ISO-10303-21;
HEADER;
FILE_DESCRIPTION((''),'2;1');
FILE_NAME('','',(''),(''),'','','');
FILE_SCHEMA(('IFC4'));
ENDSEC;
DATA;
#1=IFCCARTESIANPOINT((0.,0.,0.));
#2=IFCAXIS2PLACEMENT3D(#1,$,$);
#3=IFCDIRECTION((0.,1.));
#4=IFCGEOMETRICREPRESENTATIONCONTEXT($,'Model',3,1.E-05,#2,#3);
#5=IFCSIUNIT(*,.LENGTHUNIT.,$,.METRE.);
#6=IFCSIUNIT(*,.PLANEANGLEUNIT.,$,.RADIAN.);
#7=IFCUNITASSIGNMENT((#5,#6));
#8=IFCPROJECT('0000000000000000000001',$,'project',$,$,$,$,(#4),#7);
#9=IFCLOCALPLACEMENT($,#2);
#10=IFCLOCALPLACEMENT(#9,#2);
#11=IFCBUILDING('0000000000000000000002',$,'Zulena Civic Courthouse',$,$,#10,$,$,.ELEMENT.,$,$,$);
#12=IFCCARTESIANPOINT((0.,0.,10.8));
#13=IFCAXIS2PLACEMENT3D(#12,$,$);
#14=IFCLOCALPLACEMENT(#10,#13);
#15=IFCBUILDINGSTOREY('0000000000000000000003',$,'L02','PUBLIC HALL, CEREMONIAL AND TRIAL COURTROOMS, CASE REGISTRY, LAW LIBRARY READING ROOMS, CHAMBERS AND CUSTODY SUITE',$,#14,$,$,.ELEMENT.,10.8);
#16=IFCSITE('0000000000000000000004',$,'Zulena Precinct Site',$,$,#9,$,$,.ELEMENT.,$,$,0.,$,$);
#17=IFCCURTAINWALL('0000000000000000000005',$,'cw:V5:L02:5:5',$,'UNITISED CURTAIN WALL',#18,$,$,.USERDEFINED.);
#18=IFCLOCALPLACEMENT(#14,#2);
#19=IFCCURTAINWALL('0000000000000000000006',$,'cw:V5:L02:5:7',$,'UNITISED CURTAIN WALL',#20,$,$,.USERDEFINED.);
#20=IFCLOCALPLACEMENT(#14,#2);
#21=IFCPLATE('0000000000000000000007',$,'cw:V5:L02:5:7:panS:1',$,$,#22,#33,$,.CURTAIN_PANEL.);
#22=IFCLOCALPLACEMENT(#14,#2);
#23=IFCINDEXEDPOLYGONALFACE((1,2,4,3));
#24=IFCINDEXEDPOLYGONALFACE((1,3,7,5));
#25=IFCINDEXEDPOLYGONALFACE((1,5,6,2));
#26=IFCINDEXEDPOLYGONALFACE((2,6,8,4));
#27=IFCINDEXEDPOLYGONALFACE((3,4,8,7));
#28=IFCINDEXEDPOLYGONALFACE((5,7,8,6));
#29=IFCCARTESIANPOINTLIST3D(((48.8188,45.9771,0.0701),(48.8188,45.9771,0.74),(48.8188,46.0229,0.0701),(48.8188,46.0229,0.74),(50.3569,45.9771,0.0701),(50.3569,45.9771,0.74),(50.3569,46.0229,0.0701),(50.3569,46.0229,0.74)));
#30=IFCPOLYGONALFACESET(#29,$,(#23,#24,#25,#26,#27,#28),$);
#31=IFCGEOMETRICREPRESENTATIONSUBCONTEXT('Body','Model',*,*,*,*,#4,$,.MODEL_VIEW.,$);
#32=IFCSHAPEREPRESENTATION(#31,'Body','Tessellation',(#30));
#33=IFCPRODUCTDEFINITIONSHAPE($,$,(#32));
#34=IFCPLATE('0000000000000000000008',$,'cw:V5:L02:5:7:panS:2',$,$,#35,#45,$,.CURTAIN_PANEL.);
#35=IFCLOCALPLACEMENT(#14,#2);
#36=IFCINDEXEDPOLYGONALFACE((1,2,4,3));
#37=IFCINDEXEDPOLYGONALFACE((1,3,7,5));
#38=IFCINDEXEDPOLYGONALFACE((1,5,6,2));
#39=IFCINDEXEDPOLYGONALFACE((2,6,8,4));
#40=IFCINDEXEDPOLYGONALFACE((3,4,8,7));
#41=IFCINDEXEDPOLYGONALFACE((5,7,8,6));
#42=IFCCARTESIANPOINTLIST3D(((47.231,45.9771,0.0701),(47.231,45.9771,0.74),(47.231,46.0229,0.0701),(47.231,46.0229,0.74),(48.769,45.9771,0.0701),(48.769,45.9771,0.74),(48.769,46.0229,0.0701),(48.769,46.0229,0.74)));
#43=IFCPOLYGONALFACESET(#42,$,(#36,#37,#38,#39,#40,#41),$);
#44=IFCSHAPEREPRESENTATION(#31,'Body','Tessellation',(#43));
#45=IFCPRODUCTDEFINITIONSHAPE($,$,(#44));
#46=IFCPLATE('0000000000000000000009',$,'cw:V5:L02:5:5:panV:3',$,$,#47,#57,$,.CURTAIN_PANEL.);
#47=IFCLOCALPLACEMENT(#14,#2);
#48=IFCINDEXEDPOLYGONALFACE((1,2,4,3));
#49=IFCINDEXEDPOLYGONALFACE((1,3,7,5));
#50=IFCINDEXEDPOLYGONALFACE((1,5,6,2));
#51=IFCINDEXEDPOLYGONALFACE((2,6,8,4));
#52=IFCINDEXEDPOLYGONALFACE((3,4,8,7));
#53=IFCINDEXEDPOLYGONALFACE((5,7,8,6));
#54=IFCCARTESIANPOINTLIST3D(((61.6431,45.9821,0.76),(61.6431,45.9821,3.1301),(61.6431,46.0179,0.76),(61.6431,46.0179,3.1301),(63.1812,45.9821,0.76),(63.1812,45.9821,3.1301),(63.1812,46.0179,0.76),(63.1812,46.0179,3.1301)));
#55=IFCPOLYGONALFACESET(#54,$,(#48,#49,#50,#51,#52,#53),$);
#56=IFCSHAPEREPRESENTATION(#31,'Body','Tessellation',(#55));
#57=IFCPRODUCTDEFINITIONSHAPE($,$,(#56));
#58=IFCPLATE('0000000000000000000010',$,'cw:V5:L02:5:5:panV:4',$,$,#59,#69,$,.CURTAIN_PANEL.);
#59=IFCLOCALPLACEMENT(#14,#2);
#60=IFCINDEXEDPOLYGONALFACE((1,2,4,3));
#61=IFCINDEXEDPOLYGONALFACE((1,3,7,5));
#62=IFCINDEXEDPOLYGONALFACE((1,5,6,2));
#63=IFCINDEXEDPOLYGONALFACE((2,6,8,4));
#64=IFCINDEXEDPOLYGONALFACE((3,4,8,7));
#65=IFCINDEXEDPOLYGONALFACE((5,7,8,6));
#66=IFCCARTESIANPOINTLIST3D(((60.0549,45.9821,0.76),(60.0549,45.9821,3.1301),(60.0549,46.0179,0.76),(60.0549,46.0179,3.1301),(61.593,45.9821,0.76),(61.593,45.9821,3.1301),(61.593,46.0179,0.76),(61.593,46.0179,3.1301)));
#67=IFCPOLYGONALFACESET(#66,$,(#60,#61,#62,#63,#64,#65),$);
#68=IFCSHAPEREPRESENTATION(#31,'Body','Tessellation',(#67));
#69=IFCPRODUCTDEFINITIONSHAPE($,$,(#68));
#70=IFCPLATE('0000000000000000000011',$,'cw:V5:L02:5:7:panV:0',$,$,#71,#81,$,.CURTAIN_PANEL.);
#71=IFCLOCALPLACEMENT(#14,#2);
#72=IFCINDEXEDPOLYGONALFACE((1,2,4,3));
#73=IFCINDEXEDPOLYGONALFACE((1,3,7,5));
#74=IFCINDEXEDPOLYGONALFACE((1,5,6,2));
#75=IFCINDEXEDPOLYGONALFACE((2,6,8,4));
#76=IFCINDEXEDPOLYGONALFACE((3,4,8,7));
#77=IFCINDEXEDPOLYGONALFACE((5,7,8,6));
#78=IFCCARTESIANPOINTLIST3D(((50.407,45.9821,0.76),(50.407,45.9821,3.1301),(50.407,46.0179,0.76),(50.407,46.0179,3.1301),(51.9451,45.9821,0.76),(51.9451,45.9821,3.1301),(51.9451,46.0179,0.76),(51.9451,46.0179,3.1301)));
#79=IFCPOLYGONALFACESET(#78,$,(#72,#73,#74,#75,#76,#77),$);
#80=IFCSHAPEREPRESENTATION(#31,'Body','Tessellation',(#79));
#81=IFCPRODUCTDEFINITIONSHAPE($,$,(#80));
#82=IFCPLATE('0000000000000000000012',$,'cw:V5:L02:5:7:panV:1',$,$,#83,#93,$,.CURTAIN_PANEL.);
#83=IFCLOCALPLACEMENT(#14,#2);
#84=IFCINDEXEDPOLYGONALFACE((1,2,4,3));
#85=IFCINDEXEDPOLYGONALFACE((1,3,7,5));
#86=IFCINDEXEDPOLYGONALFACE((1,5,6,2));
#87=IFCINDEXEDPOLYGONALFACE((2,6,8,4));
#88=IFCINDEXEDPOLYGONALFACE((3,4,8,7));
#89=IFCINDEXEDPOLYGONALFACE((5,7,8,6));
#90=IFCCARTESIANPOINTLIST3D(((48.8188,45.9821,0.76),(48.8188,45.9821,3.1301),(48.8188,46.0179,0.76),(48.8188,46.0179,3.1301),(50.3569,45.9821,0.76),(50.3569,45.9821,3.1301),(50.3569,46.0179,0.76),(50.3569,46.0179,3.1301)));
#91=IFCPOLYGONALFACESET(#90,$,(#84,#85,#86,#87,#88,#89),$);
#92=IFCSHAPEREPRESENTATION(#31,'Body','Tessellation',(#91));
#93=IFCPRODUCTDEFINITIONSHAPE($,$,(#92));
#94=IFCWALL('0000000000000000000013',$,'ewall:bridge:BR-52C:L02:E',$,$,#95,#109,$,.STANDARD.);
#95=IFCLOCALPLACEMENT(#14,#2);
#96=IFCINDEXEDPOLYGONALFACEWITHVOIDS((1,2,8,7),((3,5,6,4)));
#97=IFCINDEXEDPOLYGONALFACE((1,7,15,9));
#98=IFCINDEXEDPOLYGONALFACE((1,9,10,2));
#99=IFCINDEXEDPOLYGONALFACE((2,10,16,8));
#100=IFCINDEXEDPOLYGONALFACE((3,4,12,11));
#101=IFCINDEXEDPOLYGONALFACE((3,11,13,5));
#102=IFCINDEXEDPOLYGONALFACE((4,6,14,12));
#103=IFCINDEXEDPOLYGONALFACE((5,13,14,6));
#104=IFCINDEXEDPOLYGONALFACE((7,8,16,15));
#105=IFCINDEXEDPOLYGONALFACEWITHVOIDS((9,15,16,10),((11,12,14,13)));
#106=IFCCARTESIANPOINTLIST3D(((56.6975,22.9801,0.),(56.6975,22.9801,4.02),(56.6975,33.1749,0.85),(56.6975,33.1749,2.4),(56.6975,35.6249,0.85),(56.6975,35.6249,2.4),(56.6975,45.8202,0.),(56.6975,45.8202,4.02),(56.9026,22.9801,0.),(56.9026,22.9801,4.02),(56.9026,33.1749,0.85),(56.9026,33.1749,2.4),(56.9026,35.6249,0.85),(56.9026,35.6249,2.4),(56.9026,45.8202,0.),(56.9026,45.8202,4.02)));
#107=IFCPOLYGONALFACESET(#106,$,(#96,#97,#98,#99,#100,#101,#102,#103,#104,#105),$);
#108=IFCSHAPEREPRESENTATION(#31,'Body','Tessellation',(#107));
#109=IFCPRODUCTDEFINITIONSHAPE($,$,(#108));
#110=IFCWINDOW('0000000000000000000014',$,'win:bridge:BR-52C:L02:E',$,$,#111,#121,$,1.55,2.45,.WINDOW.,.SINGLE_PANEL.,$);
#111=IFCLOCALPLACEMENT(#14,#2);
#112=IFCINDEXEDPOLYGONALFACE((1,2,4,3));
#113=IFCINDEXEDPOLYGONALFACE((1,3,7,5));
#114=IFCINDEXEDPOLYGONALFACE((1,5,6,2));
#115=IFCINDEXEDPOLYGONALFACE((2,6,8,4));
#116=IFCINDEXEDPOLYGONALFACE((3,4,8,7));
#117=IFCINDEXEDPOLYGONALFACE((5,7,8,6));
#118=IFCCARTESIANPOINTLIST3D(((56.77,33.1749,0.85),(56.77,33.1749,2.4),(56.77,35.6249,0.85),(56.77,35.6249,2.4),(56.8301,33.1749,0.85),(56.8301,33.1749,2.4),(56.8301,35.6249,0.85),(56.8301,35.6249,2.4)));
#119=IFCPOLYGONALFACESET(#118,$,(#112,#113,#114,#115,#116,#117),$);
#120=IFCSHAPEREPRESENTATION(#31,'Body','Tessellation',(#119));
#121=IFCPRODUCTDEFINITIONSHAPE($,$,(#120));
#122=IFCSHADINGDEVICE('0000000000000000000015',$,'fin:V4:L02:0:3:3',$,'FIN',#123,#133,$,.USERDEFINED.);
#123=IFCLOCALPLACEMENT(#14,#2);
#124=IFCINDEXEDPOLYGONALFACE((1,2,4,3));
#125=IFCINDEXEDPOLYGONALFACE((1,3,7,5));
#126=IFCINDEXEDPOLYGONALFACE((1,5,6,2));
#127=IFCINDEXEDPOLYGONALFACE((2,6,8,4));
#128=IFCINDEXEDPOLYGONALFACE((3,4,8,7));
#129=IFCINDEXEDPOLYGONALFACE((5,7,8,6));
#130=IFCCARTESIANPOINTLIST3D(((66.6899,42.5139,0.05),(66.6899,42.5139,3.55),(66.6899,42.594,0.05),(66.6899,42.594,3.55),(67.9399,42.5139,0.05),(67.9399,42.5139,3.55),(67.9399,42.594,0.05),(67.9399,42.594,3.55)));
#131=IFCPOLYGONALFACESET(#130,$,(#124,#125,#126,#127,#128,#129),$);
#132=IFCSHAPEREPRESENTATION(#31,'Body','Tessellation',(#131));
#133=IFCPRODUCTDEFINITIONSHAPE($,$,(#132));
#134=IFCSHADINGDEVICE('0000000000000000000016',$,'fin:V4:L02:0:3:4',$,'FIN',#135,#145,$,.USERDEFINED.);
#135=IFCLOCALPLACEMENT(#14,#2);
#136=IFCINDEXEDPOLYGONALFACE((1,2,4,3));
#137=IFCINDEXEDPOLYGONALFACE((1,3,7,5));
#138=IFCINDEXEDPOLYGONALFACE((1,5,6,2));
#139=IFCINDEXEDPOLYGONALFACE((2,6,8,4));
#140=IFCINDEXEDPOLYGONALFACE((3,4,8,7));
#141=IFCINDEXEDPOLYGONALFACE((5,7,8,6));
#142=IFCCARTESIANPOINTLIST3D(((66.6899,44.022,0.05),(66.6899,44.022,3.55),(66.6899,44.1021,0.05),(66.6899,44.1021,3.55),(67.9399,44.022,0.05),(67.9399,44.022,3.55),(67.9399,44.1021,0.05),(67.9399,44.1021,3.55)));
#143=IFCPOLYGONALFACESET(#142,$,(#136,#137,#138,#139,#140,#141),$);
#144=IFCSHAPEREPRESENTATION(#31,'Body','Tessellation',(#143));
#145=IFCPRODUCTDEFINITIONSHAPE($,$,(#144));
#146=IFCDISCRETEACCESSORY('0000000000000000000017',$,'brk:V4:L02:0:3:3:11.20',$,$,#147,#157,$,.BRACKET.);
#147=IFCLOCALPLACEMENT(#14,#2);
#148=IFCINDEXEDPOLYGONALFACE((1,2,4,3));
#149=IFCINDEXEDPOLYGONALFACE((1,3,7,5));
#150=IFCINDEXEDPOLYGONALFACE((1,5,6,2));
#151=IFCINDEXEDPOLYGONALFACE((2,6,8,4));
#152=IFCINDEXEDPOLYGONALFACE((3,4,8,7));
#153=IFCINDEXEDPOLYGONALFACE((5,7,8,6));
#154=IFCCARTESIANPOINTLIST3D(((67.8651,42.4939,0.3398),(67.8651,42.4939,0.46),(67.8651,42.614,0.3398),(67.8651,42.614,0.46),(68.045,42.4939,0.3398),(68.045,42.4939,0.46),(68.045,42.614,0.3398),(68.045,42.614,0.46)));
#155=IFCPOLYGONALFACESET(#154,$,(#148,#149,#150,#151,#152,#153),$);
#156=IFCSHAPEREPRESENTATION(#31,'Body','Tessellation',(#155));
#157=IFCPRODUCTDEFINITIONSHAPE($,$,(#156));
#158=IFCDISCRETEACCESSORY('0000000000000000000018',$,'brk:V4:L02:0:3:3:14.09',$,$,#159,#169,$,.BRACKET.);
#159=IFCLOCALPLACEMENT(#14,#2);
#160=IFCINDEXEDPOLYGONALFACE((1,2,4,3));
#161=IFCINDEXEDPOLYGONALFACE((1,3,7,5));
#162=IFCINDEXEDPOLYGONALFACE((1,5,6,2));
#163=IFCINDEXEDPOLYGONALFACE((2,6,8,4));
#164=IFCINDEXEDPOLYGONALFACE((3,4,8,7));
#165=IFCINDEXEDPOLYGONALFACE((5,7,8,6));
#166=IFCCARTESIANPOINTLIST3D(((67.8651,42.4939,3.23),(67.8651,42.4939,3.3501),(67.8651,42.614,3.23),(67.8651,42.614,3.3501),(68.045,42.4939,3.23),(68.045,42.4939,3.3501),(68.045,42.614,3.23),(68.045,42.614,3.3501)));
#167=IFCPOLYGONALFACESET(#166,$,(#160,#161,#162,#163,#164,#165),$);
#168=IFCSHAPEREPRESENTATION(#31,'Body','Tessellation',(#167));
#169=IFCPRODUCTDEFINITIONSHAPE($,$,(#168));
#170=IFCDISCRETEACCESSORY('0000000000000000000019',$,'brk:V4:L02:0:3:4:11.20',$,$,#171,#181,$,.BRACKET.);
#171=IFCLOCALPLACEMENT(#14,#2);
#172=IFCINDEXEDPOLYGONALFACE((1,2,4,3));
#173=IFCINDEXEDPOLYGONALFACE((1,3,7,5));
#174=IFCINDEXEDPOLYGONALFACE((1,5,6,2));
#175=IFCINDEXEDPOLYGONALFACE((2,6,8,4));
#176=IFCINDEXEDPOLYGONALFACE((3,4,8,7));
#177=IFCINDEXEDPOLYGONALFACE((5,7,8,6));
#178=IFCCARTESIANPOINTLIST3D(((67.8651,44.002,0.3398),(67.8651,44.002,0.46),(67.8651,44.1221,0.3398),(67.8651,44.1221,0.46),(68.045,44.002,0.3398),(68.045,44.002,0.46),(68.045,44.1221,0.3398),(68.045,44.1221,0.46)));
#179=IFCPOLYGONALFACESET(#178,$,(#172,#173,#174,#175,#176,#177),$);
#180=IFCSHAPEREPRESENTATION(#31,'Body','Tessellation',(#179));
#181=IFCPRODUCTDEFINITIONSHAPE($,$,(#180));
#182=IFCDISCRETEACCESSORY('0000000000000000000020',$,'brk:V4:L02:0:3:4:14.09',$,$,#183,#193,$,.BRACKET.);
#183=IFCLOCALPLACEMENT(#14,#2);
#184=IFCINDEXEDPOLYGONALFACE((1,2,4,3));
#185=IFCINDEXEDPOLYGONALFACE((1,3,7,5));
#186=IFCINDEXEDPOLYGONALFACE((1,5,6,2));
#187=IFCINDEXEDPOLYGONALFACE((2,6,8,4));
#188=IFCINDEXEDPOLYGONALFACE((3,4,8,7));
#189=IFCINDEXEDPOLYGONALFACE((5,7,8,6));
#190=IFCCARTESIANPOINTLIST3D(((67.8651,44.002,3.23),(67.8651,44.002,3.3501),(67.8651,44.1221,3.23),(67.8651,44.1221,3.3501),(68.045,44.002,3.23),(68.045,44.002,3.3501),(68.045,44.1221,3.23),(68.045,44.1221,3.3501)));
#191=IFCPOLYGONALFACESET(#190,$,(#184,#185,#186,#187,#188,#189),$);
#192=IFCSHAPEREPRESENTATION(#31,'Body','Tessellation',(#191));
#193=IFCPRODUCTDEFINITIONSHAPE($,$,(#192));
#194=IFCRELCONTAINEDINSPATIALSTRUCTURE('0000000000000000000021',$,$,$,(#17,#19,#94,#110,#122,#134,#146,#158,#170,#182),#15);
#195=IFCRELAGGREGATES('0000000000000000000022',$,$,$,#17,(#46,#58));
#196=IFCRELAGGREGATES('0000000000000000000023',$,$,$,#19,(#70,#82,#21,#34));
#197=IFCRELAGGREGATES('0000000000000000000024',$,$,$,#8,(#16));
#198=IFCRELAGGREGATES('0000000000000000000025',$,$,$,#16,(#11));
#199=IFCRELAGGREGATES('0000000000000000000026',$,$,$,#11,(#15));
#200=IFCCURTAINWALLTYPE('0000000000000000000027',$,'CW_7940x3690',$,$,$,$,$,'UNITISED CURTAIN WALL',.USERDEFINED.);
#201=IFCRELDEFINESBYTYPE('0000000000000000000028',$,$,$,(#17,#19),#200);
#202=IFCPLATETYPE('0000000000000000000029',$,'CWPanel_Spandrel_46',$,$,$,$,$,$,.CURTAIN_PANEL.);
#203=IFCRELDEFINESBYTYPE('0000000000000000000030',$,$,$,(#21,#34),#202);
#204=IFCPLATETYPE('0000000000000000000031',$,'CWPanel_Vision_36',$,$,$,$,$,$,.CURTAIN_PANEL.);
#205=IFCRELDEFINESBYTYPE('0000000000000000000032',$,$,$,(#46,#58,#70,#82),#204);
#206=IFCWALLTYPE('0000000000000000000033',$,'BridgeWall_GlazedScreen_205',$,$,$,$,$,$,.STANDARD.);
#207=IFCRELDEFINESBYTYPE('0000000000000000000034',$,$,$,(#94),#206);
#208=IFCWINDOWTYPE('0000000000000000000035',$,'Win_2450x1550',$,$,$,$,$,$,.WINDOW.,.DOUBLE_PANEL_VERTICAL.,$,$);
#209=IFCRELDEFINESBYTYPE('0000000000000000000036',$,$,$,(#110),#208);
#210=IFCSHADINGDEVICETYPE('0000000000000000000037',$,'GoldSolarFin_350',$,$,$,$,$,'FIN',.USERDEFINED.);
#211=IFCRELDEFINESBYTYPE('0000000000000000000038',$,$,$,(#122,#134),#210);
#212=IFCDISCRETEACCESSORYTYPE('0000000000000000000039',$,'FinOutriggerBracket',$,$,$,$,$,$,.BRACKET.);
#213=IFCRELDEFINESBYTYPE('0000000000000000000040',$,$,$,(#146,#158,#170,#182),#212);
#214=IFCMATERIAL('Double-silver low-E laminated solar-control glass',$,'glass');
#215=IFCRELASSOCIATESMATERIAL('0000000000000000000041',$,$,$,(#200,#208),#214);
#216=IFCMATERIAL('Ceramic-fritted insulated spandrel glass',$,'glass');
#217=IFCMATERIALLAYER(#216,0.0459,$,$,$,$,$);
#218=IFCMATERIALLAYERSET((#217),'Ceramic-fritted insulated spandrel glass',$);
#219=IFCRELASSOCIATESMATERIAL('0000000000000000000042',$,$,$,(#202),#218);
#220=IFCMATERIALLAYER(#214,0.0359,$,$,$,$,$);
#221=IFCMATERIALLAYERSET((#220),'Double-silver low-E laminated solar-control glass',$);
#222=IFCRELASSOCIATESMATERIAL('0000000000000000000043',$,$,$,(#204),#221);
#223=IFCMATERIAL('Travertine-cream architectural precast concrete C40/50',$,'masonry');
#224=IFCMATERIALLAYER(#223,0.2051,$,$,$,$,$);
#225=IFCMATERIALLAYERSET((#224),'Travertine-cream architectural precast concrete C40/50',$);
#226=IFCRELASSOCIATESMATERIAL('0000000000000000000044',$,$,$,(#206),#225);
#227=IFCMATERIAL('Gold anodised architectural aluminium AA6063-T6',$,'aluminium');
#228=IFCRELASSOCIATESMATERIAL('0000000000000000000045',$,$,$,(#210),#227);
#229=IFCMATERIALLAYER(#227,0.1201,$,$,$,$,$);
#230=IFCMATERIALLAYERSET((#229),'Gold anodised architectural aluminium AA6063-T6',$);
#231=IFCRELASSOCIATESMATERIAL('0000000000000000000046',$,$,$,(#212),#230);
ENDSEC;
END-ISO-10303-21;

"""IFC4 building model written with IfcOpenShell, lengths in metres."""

from ifc_helpers import new_model, si_unit, direction, frame, frame_2d, origin, origin_2d, place, context, subcontext, project, spatial, rectangle, extrude, material, layer, layer_set, type_object, element, fill, aggregate, save


model = new_model("IFC4")

# Units and contexts
model_context = context("Model", 3, precision=1e-05, world=origin(), true_north=direction((0.0, 1.0)))
body_context = subcontext(model_context, "Body", "Model", "MODEL_VIEW")
ifc_project = project(units=[si_unit("LENGTHUNIT", "METRE"), si_unit("PLANEANGLEUNIT", "RADIAN")], contexts=[model_context])

# Site, building, storey
site_placement = place(None, origin())
site = spatial("IfcSite", under=ifc_project, at=site_placement, Name="Zulena Precinct Site", CompositionType="ELEMENT", RefElevation=0.0)
building_placement = place(site_placement, origin())
building = spatial("IfcBuilding", under=site, at=building_placement, Name="Zulena Civic Courthouse", CompositionType="ELEMENT")
storey_placement = place(building_placement, frame((0.0, 0.0, 10.8)))
storey = spatial("IfcBuildingStorey", under=building, at=storey_placement, Name="L02", Description="PUBLIC HALL, CEREMONIAL AND TRIAL COURTROOMS, CASE REGISTRY, LAW LIBRARY READING ROOMS, CHAMBERS AND CUSTODY SUITE", CompositionType="ELEMENT", Elevation=10.8)

# Curtain walls
ifc_material_1 = material(Name="Double-silver low-E laminated solar-control glass", Category="glass")
curtain_wall_type = type_object("IfcCurtainWallType", Name="CW_7940x3690", ElementType="UNITISED CURTAIN WALL", PredefinedType="USERDEFINED", material=ifc_material_1)
curtain_wall_1_placement = place(storey_placement, origin())
curtain_wall_1 = element("IfcCurtainWall", 1, at=curtain_wall_1_placement, inside=storey, type_object=curtain_wall_type, Name="cw:V5:L02:5:5", ObjectType="UNITISED CURTAIN WALL", PredefinedType="USERDEFINED")
curtain_wall_2_placement = place(storey_placement, origin())
curtain_wall_2 = element("IfcCurtainWall", 2, at=curtain_wall_2_placement, inside=storey, type_object=curtain_wall_type, Name="cw:V5:L02:5:7", ObjectType="UNITISED CURTAIN WALL", PredefinedType="USERDEFINED")

# Plates
ifc_material_2 = material(Name="Ceramic-fritted insulated spandrel glass", Category="glass")
ifc_layer_1 = layer(ifc_material_2, 0.0459)
ifc_layer_set_1 = layer_set([ifc_layer_1], Name="Ceramic-fritted insulated spandrel glass")
plate_type_1 = type_object("IfcPlateType", Name="CWPanel_Spandrel_46", PredefinedType="CURTAIN_PANEL", material=ifc_layer_set_1)
plate_1_placement = place(storey_placement, frame((49.5879, 46.0, 0.0701), z_axis=(0.0, 0.0, 1.0), x_axis=(-1.0, 0.0, 0.0)))
plate_1 = element("IfcPlate", 3, at=plate_1_placement, type_object=plate_type_1, Name="cw:V5:L02:5:7:panS:1", PredefinedType="CURTAIN_PANEL", context=body_context, shape_type="SweptSolid", body=[
    extrude(rectangle(XDim=1.5381, YDim=0.0459, at=origin_2d()), origin(), (0.0, 0.0, 1.0), 0.6699),
])
plate_2_placement = place(storey_placement, frame((48.0, 46.0, 0.0701), z_axis=(0.0, 0.0, 1.0), x_axis=(-1.0, 0.0, 0.0)))
plate_2 = element("IfcPlate", 4, at=plate_2_placement, type_object=plate_type_1, Name="cw:V5:L02:5:7:panS:2", PredefinedType="CURTAIN_PANEL", context=body_context, shape_type="SweptSolid", body=[
    extrude(rectangle(XDim=1.5381, YDim=0.0459, at=origin_2d()), origin(), (0.0, 0.0, 1.0), 0.6699),
])
ifc_layer_2 = layer(ifc_material_1, 0.0359)
ifc_layer_set_2 = layer_set([ifc_layer_2], Name="Double-silver low-E laminated solar-control glass")
plate_type_2 = type_object("IfcPlateType", Name="CWPanel_Vision_36", PredefinedType="CURTAIN_PANEL", material=ifc_layer_set_2)
plate_3_placement = place(storey_placement, frame((62.4121, 46.0, 0.76), z_axis=(0.0, 0.0, 1.0), x_axis=(-1.0, 0.0, 0.0)))
plate_3 = element("IfcPlate", 5, at=plate_3_placement, type_object=plate_type_2, Name="cw:V5:L02:5:5:panV:3", PredefinedType="CURTAIN_PANEL", context=body_context, shape_type="SweptSolid", body=[
    extrude(rectangle(XDim=1.5381, YDim=0.0359, at=origin_2d()), origin(), (0.0, 0.0, 1.0), 2.3701),
])
plate_4_placement = place(storey_placement, frame((60.824, 46.0, 0.76), z_axis=(0.0, 0.0, 1.0), x_axis=(-1.0, 0.0, 0.0)))
plate_4 = element("IfcPlate", 6, at=plate_4_placement, type_object=plate_type_2, Name="cw:V5:L02:5:5:panV:4", PredefinedType="CURTAIN_PANEL", context=body_context, shape_type="SweptSolid", body=[
    extrude(rectangle(XDim=1.5381, YDim=0.0359, at=origin_2d()), origin(), (0.0, 0.0, 1.0), 2.3701),
])
aggregate(curtain_wall_1, [plate_3, plate_4])
plate_5_placement = place(storey_placement, frame((51.176, 46.0, 0.76), z_axis=(0.0, 0.0, 1.0), x_axis=(-1.0, 0.0, 0.0)))
plate_5 = element("IfcPlate", 7, at=plate_5_placement, type_object=plate_type_2, Name="cw:V5:L02:5:7:panV:0", PredefinedType="CURTAIN_PANEL", context=body_context, shape_type="SweptSolid", body=[
    extrude(rectangle(XDim=1.5381, YDim=0.0359, at=origin_2d()), origin(), (0.0, 0.0, 1.0), 2.3701),
])
plate_6_placement = place(storey_placement, frame((49.5879, 46.0, 0.76), z_axis=(0.0, 0.0, 1.0), x_axis=(-1.0, 0.0, 0.0)))
plate_6 = element("IfcPlate", 8, at=plate_6_placement, type_object=plate_type_2, Name="cw:V5:L02:5:7:panV:1", PredefinedType="CURTAIN_PANEL", context=body_context, shape_type="SweptSolid", body=[
    extrude(rectangle(XDim=1.5381, YDim=0.0359, at=origin_2d()), origin(), (0.0, 0.0, 1.0), 2.3701),
])
aggregate(curtain_wall_2, [plate_5, plate_6, plate_1, plate_2])

# Wall, opening, window
ifc_material_3 = material(Name="Travertine-cream architectural precast concrete C40/50", Category="masonry")
ifc_layer_3 = layer(ifc_material_3, 0.2051)
ifc_layer_set_3 = layer_set([ifc_layer_3], Name="Travertine-cream architectural precast concrete C40/50")
wall_type = type_object("IfcWallType", Name="BridgeWall_GlazedScreen_205", PredefinedType="STANDARD", material=ifc_layer_set_3)
wall_placement = place(storey_placement, frame((56.8, 45.8201, 0.0), z_axis=(0.0, 0.0, 1.0), x_axis=(0.0, -1.0, 0.0)))
wall = element("IfcWall", 9, at=wall_placement, inside=storey, type_object=wall_type, Name="ewall:bridge:BR-52C:L02:E", PredefinedType="STANDARD", context=body_context, shape_type="SweptSolid", body=[
    extrude(rectangle(XDim=22.8401, YDim=0.2051, at=frame_2d((11.4199, 0.0))), origin(), (0.0, 0.0, 1.0), 4.02),
])
opening_placement = place(wall_placement, frame((10.1951, 0.0, 0.8501)))
opening = element("IfcOpeningElement", 10, at=opening_placement, cuts=wall, PredefinedType="OPENING", context=body_context, shape_type="SweptSolid", body=[
    extrude(rectangle(XDim=2.45, YDim=1.55, at=frame_2d((1.2251, 0.7749))), frame((0.0, 0.1125, 0.0), z_axis=(0.0, -1.0, 0.0), x_axis=(1.0, 0.0, 0.0)), (0.0, 0.0, 1.0), 0.2251),
])
window_type = type_object("IfcWindowType", Name="Win_2450x1550", PartitioningType="DOUBLE_PANEL_VERTICAL", PredefinedType="WINDOW", material=ifc_material_1)
window_placement = place(opening_placement, origin())
window = element("IfcWindow", 11, at=window_placement, inside=storey, type_object=window_type, Name="win:bridge:BR-52C:L02:E", OverallHeight=1.55, OverallWidth=2.45, PartitioningType="SINGLE_PANEL", PredefinedType="WINDOW", context=body_context, shape_type="SweptSolid", body=[
    extrude(rectangle(XDim=2.45, YDim=1.55, at=frame_2d((1.2251, 0.7749))), frame((0.0, 0.03, 0.0), z_axis=(0.0, -1.0, 0.0), x_axis=(1.0, 0.0, 0.0)), (0.0, 0.0, 1.0), 0.0601),
])
fill(opening, window)

# Shading devices
ifc_material_4 = material(Name="Gold anodised architectural aluminium AA6063-T6", Category="aluminium")
shading_device_type = type_object("IfcShadingDeviceType", Name="GoldSolarFin_350", ElementType="FIN", PredefinedType="USERDEFINED", material=ifc_material_4)
for number, where, z_axis, x_axis, name in (
    (12, (67.3149, 42.554, 0.05), (0.0, 0.0, 1.0), (-1.0, 0.0, 0.0), "fin:V4:L02:0:3:3"),
    (13, (67.3149, 44.062, 0.05), (0.0, 0.0, 1.0), (-1.0, 0.0, 0.0), "fin:V4:L02:0:3:4"),
):
    element("IfcShadingDevice", number, at=place(storey_placement, frame(where, z_axis=z_axis, x_axis=x_axis)), inside=storey, type_object=shading_device_type, Name=name, ObjectType="FIN", PredefinedType="USERDEFINED", context=body_context, shape_type="SweptSolid", body=[
        extrude(rectangle(XDim=1.25, YDim=0.0801, at=origin_2d()), origin(), (0.0, 0.0, 1.0), 3.5),
    ])

# Discrete accessories
ifc_layer_4 = layer(ifc_material_4, 0.1201)
ifc_layer_set_4 = layer_set([ifc_layer_4], Name="Gold anodised architectural aluminium AA6063-T6")
discrete_accessory_type = type_object("IfcDiscreteAccessoryType", Name="FinOutriggerBracket", PredefinedType="BRACKET", material=ifc_layer_set_4)
for number, where, z_axis, x_axis, name in (
    (14, (67.9551, 42.554, 0.3398), (0.0, 0.0, 1.0), (-1.0, 0.0, 0.0), "brk:V4:L02:0:3:3:11.20"),
    (15, (67.9551, 42.554, 3.23), (0.0, 0.0, 1.0), (-1.0, 0.0, 0.0), "brk:V4:L02:0:3:3:14.09"),
    (16, (67.9551, 44.062, 0.3398), (0.0, 0.0, 1.0), (-1.0, 0.0, 0.0), "brk:V4:L02:0:3:4:11.20"),
    (17, (67.9551, 44.062, 3.23), (0.0, 0.0, 1.0), (-1.0, 0.0, 0.0), "brk:V4:L02:0:3:4:14.09"),
):
    element("IfcDiscreteAccessory", number, at=place(storey_placement, frame(where, z_axis=z_axis, x_axis=x_axis)), inside=storey, type_object=discrete_accessory_type, Name=name, PredefinedType="BRACKET", context=body_context, shape_type="SweptSolid", body=[
        extrude(rectangle(XDim=0.1799, YDim=0.1201, at=origin_2d()), origin(), (0.0, 0.0, 1.0), 0.1201),
    ])

save(model, "model.ifc")
